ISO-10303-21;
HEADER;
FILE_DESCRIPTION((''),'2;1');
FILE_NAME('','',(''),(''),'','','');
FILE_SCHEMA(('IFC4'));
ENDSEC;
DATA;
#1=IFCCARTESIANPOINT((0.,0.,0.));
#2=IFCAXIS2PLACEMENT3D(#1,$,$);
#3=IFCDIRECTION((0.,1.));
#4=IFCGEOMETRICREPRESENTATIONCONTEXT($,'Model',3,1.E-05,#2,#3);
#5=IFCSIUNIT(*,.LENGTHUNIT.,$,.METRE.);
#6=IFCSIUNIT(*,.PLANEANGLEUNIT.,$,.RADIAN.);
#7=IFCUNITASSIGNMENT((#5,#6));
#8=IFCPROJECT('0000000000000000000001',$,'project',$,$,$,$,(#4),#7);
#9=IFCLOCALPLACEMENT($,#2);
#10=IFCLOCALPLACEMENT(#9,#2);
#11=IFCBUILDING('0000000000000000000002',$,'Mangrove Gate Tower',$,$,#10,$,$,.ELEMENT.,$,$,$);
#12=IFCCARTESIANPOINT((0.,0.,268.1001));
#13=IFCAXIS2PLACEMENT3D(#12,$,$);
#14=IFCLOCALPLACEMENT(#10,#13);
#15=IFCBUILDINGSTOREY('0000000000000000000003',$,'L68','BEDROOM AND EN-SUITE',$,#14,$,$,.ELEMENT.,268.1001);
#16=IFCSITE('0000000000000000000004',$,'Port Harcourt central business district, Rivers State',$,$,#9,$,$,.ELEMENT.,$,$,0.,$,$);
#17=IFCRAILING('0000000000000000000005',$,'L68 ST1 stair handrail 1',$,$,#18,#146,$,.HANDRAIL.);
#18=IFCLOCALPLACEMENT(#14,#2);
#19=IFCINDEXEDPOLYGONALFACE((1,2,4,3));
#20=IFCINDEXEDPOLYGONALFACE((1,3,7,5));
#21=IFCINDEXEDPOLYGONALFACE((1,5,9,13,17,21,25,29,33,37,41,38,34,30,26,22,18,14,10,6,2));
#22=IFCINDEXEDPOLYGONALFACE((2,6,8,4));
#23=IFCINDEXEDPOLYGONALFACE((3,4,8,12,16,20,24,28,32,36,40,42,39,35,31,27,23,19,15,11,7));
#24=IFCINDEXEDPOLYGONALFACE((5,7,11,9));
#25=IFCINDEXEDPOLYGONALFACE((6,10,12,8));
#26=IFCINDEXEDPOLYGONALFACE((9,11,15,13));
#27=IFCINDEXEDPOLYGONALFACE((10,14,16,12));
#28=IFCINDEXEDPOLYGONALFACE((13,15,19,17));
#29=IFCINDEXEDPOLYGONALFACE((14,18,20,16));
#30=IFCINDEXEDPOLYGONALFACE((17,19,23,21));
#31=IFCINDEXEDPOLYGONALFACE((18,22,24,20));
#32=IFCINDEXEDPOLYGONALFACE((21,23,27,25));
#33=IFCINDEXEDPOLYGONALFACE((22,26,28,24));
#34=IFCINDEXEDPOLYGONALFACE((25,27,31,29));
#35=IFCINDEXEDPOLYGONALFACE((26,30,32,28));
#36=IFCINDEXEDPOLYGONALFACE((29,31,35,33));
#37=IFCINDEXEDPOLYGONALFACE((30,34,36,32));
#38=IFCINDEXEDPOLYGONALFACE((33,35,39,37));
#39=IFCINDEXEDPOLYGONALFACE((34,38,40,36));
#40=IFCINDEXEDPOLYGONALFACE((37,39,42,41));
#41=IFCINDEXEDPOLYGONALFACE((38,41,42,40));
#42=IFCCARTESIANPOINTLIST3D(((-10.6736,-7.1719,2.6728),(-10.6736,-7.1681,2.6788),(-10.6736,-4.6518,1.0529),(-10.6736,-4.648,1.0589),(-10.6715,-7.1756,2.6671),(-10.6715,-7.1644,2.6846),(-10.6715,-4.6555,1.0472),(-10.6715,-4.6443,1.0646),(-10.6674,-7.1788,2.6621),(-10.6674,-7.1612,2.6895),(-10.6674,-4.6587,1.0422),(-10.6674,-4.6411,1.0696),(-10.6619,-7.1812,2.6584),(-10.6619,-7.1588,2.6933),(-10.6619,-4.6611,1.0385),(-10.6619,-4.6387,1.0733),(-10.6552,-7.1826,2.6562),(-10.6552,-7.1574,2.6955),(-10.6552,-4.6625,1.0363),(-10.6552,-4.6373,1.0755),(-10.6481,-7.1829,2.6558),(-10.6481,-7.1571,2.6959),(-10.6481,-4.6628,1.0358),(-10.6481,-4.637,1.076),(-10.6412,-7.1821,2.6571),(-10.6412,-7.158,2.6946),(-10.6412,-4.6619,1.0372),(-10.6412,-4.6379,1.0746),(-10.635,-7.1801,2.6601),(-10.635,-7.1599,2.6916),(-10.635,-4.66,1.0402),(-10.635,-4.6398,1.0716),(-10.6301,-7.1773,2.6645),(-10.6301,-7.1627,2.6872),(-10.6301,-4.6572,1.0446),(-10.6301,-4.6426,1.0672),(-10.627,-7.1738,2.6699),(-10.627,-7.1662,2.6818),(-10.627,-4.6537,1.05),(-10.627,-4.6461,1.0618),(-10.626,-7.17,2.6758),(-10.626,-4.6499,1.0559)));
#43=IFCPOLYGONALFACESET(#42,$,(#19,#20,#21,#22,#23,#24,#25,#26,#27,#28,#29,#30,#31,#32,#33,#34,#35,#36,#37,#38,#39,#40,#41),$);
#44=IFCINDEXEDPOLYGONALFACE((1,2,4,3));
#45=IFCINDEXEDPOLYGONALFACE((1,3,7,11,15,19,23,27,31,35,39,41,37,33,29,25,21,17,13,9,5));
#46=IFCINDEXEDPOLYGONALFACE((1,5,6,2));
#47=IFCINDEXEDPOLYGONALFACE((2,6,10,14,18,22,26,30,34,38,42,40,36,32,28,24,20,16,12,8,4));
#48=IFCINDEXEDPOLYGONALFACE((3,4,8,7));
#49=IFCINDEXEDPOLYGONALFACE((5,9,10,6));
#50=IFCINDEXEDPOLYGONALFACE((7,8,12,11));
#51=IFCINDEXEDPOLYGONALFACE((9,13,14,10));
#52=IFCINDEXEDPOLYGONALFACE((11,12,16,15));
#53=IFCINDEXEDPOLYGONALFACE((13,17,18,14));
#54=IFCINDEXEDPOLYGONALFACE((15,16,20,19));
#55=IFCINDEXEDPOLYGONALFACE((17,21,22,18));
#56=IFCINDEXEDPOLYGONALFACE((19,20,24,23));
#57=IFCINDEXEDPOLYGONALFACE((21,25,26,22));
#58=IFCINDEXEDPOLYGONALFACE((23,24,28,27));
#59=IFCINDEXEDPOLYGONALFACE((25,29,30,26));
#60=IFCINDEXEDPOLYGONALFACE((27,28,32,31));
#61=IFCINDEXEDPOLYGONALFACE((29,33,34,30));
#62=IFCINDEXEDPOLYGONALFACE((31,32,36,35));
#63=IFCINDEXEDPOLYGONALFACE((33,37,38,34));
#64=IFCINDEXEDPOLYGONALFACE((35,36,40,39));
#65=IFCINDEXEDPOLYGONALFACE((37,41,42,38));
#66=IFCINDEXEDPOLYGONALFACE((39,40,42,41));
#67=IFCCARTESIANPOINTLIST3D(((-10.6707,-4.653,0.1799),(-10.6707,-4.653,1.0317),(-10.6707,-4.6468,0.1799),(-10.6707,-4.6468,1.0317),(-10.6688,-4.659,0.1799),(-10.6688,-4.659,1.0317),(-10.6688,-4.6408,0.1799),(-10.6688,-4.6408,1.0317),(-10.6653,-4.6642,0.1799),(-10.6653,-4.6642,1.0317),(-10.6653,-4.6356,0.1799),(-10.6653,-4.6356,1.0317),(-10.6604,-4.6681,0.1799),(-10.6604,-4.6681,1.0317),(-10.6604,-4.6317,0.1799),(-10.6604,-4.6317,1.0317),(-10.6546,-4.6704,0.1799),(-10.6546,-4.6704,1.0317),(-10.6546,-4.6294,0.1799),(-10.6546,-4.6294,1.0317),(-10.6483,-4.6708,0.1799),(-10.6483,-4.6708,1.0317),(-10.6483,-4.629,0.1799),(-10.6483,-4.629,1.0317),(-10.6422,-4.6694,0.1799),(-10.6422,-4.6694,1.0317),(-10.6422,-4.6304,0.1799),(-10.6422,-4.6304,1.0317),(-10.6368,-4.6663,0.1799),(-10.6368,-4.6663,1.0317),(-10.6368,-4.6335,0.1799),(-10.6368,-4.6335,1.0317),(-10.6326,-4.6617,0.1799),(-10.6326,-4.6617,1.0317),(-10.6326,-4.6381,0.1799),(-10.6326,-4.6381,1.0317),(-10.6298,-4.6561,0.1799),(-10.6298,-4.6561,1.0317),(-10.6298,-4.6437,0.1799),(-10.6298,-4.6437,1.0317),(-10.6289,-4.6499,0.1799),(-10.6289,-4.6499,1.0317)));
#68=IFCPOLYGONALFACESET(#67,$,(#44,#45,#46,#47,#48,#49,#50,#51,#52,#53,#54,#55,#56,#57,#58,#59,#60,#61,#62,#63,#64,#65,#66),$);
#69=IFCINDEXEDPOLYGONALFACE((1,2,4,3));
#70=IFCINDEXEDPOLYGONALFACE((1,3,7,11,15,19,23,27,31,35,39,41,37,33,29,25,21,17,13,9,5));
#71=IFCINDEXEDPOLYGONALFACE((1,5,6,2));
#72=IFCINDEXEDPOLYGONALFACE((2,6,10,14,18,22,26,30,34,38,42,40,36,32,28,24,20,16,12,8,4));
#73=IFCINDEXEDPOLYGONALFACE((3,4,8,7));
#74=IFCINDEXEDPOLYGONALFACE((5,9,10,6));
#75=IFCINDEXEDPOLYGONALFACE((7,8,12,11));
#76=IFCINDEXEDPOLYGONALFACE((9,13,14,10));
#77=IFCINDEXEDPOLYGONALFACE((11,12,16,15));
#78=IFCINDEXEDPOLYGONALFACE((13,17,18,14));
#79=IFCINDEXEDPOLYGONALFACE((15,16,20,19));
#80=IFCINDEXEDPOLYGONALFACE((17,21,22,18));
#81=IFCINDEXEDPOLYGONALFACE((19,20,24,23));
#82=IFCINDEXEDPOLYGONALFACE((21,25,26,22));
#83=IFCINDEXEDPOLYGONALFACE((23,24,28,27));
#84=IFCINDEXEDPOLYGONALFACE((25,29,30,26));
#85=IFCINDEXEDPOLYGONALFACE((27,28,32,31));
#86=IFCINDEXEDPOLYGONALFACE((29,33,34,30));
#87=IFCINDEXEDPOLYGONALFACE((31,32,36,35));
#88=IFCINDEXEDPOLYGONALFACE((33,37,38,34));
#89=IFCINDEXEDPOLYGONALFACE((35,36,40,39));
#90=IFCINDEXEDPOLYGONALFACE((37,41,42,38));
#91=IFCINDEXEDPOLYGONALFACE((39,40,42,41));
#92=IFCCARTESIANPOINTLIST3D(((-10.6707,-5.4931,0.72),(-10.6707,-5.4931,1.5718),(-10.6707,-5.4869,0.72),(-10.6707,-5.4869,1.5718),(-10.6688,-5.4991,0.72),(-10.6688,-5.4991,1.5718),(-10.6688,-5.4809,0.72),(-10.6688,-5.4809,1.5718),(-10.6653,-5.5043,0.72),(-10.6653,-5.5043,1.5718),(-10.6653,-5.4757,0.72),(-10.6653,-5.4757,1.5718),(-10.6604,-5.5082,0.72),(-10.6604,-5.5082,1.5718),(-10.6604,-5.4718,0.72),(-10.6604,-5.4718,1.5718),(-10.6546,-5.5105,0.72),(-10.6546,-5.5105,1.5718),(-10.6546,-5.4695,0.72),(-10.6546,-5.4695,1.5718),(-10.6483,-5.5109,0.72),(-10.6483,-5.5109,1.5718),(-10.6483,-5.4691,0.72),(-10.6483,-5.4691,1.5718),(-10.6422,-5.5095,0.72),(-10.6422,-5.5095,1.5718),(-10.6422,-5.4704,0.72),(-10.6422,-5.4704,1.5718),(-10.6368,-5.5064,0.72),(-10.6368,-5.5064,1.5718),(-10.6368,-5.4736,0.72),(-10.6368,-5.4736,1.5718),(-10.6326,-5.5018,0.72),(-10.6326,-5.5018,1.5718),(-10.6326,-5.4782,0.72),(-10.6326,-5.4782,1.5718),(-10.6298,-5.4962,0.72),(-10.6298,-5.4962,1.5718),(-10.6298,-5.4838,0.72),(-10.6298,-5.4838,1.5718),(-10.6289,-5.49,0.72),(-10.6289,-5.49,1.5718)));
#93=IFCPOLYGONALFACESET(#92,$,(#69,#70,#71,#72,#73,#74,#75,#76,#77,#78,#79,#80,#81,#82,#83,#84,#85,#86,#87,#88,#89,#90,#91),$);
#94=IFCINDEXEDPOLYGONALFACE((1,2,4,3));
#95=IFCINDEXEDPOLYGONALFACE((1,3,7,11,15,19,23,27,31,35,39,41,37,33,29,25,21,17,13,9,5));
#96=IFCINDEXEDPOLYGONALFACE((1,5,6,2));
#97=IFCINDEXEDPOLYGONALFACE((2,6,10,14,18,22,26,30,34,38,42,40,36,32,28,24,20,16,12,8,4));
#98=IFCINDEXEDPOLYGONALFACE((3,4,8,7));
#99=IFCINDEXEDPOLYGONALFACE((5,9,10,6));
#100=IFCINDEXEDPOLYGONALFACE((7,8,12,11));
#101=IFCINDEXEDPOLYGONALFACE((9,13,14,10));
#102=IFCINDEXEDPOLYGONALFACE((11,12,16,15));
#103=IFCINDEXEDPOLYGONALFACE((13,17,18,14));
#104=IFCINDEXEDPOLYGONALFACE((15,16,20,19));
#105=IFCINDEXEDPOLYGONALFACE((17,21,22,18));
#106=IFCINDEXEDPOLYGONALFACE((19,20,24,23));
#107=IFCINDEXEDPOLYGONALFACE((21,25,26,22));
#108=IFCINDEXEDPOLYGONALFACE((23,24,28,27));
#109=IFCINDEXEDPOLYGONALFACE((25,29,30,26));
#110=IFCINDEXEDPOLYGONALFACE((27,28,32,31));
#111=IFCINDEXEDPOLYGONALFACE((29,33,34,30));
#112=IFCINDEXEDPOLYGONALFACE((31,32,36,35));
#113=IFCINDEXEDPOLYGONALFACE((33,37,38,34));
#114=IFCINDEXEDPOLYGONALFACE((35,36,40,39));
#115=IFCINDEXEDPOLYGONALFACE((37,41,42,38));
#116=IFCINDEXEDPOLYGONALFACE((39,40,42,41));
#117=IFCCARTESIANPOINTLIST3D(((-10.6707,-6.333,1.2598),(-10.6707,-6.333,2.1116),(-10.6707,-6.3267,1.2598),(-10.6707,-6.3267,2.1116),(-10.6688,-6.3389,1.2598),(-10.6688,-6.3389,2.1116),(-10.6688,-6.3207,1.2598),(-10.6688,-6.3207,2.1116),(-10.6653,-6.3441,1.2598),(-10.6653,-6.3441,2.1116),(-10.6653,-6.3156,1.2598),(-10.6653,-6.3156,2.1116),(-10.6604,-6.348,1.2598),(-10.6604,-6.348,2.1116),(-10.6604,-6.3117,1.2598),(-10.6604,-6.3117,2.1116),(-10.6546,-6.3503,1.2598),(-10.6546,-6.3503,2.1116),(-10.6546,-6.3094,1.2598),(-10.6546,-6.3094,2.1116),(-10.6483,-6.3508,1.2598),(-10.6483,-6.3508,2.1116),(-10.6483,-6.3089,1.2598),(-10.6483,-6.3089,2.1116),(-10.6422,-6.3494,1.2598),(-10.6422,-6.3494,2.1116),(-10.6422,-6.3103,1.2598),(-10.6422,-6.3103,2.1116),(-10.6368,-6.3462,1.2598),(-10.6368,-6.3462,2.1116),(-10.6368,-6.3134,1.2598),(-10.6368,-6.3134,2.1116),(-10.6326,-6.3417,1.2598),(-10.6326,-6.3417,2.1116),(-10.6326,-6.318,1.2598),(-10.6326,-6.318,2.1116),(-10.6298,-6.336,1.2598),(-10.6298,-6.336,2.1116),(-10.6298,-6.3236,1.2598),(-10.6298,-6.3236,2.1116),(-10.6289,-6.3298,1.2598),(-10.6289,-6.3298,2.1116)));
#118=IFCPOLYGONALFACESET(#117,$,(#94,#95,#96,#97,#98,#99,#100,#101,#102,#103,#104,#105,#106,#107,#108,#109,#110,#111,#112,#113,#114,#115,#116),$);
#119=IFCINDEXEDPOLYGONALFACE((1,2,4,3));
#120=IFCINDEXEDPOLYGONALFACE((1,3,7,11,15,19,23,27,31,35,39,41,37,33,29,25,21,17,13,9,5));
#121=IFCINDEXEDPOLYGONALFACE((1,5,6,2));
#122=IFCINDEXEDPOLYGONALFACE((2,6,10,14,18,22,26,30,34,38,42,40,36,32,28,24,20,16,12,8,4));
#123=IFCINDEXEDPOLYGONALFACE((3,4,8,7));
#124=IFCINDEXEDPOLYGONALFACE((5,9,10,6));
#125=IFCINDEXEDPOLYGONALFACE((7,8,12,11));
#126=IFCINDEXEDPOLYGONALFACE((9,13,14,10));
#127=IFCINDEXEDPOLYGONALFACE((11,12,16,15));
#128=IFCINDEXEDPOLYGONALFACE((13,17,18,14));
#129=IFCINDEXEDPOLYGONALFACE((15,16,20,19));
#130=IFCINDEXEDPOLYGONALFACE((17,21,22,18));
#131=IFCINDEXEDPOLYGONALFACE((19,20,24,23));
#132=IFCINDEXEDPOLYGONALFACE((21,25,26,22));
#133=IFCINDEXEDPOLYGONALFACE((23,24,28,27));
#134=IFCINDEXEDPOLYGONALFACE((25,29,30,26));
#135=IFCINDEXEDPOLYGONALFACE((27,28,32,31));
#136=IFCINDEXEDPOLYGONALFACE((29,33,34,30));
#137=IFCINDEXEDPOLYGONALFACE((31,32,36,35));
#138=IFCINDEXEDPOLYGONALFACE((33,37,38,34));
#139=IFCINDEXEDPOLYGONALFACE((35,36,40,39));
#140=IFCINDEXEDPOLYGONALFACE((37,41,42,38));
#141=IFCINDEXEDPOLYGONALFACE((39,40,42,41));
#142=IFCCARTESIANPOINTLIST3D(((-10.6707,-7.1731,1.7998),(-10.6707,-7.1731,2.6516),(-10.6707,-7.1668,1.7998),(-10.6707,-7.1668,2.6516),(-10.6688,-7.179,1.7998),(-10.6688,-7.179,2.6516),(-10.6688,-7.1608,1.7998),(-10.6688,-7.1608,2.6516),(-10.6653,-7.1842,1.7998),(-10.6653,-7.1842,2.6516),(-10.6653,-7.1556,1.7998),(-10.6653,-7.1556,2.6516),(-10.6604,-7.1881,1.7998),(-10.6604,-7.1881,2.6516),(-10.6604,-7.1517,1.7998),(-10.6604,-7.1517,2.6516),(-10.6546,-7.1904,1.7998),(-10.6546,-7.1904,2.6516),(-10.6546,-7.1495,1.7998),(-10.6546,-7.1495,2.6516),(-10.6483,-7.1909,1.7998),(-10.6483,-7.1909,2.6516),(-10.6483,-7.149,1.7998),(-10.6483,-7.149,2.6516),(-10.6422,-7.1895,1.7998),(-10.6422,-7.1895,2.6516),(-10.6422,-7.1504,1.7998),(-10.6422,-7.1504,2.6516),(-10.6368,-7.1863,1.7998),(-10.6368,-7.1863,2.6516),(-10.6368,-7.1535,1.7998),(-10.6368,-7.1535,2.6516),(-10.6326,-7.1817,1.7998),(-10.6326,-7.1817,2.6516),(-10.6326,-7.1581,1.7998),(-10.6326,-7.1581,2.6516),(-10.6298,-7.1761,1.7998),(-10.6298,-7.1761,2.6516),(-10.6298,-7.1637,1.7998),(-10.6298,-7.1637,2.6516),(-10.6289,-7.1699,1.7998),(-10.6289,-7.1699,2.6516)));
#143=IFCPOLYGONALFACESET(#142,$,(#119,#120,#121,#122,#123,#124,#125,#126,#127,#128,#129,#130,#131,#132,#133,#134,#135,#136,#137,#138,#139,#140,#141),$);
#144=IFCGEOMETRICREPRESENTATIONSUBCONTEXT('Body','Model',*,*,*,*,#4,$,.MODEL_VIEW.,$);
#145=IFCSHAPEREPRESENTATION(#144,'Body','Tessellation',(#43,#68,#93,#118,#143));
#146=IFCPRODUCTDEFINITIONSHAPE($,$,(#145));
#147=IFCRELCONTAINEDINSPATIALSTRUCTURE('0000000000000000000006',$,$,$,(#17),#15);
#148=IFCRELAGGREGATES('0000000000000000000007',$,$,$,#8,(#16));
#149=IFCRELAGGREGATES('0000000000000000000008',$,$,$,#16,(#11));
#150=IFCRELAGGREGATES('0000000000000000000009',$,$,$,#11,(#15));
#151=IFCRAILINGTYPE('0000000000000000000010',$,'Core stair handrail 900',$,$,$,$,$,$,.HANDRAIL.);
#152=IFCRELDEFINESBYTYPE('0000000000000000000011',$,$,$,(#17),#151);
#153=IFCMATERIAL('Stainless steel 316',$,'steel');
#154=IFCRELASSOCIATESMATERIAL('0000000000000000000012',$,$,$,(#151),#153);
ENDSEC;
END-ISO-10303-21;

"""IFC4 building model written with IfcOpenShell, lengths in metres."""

from ifc_helpers import new_model, si_unit, direction, frame, origin, origin_2d, place, context, subcontext, project, spatial, circle, extrude, material, type_object, element, save


model = new_model("IFC4")

# Units and contexts
model_context = context("Model", 3, precision=1e-05, world=origin(), true_north=direction((0.0, 1.0)))
body_context = subcontext(model_context, "Body", "Model", "MODEL_VIEW")
ifc_project = project(units=[si_unit("LENGTHUNIT", "METRE"), si_unit("PLANEANGLEUNIT", "RADIAN")], contexts=[model_context])

# Site, building, storey
site_placement = place(None, origin())
site = spatial("IfcSite", under=ifc_project, at=site_placement, Name="Port Harcourt central business district, Rivers State", CompositionType="ELEMENT", RefElevation=0.0)
building_placement = place(site_placement, origin())
building = spatial("IfcBuilding", under=site, at=building_placement, Name="Mangrove Gate Tower", CompositionType="ELEMENT")
storey_placement = place(building_placement, frame((0.0, 0.0, 268.1001)))
storey = spatial("IfcBuildingStorey", under=building, at=storey_placement, Name="L68", Description="BEDROOM AND EN-SUITE", CompositionType="ELEMENT", Elevation=268.1001)

# Railing
ifc_material_1 = material(Name="Stainless steel 316", Category="steel")
railing_type_1 = type_object("IfcRailingType", Name="Core stair handrail 900", PredefinedType="HANDRAIL", material=ifc_material_1)
railing_1_placement = place(storey_placement, frame((-10.6499, -4.6499, 0.1799)))
element("IfcRailing", 1, at=railing_1_placement, inside=storey, type_object=railing_type_1, Name="L68 ST1 stair handrail 1", PredefinedType="HANDRAIL", context=body_context, shape_type="SweptSolid", body=[
    extrude(circle(Radius=0.0239, at=origin_2d()), frame((0.0, 0.0, 0.876), z_axis=(0.0, -0.8412, 0.540725), x_axis=(1.0, 0.0, 0.0)), (0.0, 0.0, 1.0), 2.9958),
    extrude(circle(Radius=0.021, at=origin_2d()), origin(), (0.0, 0.0, 1.0), 0.8518),
    extrude(circle(Radius=0.021, at=origin_2d()), frame((0.0, -0.8401, 0.54)), (0.0, 0.0, 1.0), 0.8518),
    extrude(circle(Radius=0.021, at=origin_2d()), frame((0.0, -1.6799, 1.0798)), (0.0, 0.0, 1.0), 0.8518),
    extrude(circle(Radius=0.021, at=origin_2d()), frame((0.0, -2.52, 1.6199)), (0.0, 0.0, 1.0), 0.8518),
])

save(model, "model.ifc")
